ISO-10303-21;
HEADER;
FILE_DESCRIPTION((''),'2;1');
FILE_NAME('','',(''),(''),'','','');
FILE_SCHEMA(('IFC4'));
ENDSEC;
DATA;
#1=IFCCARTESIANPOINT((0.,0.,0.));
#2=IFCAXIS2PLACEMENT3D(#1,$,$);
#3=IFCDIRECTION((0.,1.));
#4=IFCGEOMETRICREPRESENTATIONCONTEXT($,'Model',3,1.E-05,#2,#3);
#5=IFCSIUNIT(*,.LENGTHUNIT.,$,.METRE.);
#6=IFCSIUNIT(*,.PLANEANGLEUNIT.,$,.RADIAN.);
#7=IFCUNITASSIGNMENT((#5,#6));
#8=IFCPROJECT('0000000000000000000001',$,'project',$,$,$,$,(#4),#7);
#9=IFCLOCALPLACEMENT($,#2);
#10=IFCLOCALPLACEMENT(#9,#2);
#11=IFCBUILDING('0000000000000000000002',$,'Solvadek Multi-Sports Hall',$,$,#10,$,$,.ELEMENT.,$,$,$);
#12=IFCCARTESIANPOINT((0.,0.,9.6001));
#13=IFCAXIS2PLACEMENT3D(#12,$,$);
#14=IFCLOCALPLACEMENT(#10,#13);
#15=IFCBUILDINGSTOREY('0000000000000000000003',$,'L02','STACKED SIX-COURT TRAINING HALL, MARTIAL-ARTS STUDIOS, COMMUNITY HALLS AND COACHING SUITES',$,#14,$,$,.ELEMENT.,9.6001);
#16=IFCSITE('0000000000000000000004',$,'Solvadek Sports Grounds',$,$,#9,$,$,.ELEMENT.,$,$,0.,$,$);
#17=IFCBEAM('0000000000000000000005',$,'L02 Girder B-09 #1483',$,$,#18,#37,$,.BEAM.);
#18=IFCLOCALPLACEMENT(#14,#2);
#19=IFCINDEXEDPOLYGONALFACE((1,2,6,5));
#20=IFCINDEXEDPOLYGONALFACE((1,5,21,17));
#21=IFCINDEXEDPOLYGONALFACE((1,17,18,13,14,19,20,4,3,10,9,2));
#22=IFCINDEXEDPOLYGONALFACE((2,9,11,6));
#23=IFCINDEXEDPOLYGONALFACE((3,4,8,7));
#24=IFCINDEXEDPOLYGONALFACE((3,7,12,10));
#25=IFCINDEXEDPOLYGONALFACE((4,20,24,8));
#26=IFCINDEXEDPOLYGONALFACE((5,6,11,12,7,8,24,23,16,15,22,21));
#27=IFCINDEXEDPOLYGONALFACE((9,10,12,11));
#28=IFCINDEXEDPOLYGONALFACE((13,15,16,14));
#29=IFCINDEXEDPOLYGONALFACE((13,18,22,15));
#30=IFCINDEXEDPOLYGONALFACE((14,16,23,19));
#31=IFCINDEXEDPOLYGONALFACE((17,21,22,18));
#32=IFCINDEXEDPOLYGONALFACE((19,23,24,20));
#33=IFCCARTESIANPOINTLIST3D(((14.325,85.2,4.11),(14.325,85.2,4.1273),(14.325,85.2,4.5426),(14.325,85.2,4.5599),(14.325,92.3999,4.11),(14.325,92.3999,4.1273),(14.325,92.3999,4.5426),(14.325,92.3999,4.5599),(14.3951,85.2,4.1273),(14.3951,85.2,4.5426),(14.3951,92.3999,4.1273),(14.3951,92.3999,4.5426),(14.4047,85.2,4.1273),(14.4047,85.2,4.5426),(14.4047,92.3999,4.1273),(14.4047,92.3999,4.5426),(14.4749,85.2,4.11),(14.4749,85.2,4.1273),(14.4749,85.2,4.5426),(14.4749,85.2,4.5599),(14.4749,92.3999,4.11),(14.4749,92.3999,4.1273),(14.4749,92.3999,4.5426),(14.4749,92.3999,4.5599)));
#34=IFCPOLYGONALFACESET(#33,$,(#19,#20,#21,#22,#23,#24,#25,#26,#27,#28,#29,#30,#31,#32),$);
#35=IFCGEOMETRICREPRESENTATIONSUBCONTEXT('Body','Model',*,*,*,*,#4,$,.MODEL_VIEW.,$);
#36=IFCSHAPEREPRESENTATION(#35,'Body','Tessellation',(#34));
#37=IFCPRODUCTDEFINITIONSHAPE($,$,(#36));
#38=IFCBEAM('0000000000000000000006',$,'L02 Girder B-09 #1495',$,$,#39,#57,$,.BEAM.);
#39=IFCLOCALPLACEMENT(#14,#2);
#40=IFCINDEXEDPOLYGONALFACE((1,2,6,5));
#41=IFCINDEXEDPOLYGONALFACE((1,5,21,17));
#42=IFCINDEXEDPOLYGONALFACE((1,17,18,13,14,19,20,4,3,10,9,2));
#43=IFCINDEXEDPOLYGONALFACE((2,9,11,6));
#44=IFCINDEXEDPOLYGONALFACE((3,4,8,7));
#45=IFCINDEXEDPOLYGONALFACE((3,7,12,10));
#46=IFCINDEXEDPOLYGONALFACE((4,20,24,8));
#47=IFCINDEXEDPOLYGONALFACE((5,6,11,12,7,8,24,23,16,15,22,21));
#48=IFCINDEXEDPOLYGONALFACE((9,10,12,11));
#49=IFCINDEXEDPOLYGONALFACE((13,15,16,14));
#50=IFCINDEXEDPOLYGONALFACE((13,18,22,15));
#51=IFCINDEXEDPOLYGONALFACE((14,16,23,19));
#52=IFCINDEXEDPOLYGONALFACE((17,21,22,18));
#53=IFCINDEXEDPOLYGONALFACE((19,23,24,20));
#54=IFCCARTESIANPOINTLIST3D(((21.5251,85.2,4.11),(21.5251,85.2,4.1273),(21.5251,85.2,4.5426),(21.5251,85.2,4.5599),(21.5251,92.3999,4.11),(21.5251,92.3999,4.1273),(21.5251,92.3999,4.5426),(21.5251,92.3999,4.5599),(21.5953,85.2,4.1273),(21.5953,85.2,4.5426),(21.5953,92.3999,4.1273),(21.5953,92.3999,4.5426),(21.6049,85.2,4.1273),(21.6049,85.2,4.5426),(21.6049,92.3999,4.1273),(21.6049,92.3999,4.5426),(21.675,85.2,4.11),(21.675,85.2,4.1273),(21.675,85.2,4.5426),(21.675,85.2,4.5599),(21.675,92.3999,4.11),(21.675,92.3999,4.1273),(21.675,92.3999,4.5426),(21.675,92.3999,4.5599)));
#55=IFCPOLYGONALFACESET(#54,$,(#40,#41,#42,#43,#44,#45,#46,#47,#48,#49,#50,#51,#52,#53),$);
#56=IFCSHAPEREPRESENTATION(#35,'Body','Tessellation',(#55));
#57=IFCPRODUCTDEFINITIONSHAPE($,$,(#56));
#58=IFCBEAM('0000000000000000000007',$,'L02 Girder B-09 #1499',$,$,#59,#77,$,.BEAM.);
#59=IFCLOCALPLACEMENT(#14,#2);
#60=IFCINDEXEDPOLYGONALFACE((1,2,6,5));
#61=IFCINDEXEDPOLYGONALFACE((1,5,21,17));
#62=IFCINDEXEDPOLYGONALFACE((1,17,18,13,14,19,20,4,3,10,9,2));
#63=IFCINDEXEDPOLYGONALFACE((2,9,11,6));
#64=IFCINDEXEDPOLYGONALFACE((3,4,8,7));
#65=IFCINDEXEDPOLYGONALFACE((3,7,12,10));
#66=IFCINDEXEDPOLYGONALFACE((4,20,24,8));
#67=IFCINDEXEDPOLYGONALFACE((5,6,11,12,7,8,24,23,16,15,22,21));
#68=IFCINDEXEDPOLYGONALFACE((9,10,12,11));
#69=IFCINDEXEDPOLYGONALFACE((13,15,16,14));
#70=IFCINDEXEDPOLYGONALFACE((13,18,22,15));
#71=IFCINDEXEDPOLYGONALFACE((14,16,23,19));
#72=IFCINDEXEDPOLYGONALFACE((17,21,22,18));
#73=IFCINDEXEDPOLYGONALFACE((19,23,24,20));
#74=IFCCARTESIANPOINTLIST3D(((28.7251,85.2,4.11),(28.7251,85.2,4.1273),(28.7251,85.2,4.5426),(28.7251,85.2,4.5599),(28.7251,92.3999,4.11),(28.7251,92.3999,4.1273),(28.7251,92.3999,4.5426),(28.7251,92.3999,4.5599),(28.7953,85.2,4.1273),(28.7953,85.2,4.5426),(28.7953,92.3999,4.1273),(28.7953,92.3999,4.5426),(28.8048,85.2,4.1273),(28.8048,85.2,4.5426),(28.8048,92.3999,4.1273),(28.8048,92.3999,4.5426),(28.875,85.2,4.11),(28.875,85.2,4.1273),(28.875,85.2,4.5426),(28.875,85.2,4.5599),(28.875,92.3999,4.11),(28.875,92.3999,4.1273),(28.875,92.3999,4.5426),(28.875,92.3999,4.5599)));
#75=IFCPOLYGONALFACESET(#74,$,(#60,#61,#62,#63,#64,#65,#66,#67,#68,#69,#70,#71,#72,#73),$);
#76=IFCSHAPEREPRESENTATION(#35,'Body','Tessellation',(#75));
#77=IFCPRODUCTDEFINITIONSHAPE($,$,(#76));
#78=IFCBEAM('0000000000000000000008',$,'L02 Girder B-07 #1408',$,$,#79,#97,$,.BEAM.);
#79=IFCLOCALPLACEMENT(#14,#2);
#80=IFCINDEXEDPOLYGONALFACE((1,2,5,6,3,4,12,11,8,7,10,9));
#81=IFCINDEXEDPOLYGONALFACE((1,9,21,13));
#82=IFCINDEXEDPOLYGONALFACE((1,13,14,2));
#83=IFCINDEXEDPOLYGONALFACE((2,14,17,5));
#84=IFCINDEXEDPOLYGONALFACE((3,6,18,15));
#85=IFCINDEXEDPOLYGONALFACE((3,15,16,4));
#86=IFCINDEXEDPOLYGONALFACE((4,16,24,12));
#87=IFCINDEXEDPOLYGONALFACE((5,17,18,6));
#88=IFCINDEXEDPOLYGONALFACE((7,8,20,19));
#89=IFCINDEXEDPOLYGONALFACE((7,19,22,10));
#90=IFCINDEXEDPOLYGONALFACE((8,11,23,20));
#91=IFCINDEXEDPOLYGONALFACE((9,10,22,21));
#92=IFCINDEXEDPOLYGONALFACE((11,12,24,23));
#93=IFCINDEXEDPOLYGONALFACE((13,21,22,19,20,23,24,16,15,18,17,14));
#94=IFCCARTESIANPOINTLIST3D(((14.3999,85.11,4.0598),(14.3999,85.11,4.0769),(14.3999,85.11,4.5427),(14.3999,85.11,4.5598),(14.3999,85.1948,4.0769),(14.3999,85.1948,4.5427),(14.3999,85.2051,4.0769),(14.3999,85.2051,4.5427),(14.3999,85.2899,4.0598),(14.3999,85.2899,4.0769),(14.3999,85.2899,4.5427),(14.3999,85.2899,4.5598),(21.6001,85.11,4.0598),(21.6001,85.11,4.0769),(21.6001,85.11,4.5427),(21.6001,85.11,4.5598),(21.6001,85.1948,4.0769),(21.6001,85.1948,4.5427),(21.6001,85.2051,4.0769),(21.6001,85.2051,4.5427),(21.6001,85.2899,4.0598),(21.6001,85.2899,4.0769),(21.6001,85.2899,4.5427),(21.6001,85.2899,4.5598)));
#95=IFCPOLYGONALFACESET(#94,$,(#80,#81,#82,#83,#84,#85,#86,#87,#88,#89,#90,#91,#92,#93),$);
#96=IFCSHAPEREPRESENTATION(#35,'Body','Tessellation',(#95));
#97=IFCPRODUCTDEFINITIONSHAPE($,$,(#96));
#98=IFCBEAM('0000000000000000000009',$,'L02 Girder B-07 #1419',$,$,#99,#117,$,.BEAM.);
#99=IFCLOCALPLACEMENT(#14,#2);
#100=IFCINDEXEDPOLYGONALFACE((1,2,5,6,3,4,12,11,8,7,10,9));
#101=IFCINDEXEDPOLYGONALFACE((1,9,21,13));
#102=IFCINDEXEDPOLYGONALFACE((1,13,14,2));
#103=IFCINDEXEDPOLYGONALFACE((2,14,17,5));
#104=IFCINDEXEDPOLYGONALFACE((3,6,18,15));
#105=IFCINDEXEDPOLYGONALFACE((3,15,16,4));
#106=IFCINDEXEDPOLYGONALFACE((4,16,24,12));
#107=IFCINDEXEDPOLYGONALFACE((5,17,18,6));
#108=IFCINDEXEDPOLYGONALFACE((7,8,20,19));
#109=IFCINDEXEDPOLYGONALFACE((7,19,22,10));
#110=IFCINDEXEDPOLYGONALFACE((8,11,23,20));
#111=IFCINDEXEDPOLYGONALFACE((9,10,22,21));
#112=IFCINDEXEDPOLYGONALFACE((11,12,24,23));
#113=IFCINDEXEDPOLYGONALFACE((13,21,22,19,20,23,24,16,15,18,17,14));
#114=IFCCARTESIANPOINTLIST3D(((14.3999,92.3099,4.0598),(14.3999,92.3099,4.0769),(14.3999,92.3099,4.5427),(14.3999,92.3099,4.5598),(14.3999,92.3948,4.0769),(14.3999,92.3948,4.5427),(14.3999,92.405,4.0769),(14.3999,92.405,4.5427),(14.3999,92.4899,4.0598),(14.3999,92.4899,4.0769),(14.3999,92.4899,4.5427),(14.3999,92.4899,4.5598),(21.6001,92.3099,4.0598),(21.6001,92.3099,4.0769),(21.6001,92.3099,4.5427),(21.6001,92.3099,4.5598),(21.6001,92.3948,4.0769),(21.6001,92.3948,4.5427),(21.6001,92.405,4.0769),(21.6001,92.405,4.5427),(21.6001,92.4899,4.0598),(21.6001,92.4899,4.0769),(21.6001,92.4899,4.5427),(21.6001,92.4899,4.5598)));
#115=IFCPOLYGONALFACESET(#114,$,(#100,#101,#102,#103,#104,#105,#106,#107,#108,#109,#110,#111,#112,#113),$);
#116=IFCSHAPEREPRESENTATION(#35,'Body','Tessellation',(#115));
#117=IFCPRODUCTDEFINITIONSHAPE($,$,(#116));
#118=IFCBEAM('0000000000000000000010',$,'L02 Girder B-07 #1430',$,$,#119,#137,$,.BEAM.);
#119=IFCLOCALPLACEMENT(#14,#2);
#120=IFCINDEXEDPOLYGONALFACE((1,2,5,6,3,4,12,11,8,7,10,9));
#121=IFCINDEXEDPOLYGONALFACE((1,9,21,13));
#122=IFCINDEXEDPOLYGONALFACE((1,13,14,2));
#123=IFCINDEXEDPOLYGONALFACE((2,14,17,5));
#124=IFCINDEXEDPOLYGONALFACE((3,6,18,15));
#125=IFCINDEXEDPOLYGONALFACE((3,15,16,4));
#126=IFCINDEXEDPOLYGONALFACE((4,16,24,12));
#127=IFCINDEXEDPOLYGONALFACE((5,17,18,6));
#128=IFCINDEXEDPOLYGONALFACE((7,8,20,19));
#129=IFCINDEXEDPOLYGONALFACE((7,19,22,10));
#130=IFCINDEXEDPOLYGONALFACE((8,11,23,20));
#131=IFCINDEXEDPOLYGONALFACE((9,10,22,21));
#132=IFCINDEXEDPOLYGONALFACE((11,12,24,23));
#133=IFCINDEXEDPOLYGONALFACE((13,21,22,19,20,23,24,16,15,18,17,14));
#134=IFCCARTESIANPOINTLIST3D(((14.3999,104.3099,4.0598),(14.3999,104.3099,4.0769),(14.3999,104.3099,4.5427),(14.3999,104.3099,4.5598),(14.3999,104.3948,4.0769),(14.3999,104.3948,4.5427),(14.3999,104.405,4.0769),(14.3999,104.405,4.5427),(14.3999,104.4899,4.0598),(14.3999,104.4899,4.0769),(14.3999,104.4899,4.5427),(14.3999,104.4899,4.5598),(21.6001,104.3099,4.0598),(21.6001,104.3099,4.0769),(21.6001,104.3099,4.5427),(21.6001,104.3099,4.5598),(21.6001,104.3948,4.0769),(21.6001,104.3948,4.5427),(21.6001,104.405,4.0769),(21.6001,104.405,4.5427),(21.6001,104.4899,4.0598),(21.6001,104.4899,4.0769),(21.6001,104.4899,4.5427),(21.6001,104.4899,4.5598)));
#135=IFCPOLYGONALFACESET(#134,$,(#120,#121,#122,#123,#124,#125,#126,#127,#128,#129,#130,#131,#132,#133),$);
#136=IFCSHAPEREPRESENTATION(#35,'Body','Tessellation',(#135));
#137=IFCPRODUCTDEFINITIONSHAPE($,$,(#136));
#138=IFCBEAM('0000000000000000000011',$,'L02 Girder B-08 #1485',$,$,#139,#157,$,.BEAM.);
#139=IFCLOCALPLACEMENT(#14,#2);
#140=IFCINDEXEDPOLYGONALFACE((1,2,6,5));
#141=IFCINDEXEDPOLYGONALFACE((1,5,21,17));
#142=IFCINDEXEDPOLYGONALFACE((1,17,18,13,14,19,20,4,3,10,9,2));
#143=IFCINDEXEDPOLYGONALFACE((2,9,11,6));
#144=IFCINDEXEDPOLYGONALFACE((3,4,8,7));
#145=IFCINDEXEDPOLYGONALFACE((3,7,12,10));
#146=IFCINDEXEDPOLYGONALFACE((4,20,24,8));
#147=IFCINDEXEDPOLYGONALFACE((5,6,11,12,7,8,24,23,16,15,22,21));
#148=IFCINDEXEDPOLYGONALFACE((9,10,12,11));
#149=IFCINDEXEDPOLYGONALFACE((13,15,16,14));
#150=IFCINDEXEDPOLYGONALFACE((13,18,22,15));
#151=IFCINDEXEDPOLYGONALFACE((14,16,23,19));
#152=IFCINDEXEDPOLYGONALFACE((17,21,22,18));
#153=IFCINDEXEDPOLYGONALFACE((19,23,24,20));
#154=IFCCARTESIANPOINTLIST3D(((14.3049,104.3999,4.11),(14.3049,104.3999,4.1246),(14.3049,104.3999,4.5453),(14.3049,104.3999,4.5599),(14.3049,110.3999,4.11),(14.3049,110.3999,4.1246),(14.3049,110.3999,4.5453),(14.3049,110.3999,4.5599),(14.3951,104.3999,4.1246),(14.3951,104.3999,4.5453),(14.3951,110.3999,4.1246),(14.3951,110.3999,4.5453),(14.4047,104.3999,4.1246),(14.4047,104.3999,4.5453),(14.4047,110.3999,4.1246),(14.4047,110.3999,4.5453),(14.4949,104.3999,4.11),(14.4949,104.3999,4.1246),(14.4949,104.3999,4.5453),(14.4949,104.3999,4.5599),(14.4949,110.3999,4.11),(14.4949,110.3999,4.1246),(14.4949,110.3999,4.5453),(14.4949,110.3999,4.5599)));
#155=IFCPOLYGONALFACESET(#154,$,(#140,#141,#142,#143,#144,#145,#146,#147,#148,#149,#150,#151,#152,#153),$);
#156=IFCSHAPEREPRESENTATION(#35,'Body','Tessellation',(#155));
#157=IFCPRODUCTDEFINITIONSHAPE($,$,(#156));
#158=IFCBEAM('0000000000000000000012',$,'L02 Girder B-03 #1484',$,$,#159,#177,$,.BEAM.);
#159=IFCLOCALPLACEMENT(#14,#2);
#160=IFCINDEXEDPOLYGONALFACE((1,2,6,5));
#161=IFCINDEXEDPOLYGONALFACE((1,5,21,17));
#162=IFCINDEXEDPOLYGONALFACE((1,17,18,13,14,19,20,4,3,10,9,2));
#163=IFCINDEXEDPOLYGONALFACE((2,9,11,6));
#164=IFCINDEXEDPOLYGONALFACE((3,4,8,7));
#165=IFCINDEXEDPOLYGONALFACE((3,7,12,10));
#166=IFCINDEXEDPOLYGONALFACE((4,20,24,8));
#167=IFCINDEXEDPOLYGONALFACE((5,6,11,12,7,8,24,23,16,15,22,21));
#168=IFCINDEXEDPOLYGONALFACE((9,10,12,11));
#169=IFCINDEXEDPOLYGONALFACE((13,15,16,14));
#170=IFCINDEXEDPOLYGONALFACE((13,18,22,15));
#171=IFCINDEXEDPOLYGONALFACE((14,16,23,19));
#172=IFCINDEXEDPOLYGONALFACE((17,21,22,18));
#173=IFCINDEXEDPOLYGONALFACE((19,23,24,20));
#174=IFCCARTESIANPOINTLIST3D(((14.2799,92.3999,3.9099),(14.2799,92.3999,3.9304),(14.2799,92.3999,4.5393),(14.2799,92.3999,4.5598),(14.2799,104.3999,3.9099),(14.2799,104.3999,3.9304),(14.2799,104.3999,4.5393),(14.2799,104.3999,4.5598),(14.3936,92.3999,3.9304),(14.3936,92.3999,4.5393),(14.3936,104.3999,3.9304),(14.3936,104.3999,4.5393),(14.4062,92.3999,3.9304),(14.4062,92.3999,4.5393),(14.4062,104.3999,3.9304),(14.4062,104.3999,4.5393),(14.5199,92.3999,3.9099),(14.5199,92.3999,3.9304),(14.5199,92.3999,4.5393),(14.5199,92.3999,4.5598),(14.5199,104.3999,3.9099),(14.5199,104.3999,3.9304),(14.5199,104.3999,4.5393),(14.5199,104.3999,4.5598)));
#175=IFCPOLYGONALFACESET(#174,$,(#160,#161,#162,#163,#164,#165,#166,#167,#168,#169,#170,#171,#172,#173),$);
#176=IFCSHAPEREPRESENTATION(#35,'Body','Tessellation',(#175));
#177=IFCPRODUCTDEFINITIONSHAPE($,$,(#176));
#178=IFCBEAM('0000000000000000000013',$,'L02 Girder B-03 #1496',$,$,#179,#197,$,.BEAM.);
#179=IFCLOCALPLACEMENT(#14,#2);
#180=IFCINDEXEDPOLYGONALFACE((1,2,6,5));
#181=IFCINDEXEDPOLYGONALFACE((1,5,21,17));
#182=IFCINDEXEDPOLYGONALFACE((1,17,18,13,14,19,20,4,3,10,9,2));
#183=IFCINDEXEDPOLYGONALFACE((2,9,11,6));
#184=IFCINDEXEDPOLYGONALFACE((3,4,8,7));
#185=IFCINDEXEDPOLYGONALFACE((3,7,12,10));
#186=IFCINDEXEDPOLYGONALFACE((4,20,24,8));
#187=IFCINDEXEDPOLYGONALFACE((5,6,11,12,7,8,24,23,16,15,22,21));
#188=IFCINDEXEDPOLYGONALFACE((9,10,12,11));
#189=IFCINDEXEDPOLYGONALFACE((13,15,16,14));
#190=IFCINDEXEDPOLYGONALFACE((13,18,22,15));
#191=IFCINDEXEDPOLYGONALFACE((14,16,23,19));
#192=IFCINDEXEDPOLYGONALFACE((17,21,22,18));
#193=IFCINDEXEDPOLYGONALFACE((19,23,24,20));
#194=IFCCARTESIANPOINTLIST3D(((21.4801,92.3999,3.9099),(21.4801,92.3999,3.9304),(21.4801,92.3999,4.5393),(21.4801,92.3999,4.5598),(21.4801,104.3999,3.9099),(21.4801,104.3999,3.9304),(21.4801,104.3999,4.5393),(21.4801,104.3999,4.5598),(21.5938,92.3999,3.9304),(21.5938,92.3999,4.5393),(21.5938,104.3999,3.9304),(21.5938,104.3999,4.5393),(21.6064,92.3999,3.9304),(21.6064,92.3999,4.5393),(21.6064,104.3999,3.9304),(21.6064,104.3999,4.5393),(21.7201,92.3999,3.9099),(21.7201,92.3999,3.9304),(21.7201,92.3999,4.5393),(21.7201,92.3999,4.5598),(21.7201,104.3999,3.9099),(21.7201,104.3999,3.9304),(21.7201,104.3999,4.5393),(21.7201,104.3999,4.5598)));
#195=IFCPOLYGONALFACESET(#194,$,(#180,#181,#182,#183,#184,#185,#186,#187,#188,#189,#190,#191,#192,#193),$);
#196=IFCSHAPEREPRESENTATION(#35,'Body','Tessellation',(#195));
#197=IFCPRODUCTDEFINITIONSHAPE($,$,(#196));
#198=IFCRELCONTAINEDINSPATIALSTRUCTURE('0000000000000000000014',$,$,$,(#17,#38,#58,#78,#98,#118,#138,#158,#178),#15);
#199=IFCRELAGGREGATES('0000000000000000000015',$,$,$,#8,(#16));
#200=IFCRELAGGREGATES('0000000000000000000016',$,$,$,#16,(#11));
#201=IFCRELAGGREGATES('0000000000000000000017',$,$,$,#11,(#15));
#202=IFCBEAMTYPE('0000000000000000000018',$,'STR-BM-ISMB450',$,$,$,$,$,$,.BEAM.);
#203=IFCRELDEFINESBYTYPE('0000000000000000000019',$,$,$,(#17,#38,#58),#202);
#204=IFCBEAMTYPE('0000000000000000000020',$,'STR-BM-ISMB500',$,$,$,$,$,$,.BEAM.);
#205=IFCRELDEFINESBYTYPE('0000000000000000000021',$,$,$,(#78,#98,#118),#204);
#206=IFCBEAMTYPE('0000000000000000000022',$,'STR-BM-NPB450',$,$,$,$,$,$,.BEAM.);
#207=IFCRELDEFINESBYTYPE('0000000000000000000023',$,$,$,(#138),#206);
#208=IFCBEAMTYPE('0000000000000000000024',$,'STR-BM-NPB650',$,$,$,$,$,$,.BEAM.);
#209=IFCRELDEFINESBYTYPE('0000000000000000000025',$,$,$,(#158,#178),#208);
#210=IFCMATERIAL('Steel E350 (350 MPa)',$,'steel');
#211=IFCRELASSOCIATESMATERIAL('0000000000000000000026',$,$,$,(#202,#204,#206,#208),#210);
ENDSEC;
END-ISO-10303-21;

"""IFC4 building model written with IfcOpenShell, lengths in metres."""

from ifc_helpers import new_model, si_unit, direction, frame, origin, origin_2d, place, context, subcontext, project, spatial, i_section, extrude, material, material_profile, profile_set, type_object, element, save


model = new_model("IFC4")

# Units and contexts
model_context = context("Model", 3, precision=1e-05, world=origin(), true_north=direction((0.0, 1.0)))
body_context = subcontext(model_context, "Body", "Model", "MODEL_VIEW")
ifc_project = project(units=[si_unit("LENGTHUNIT", "METRE"), si_unit("PLANEANGLEUNIT", "RADIAN")], contexts=[model_context])

# Site, building, storey
site_placement = place(None, origin())
site = spatial("IfcSite", under=ifc_project, at=site_placement, Name="Solvadek Sports Grounds", CompositionType="ELEMENT", RefElevation=0.0)
building_placement = place(site_placement, origin())
building = spatial("IfcBuilding", under=site, at=building_placement, Name="Solvadek Multi-Sports Hall", CompositionType="ELEMENT")
storey_placement = place(building_placement, frame((0.0, 0.0, 9.6001)))
storey = spatial("IfcBuildingStorey", under=building, at=storey_placement, Name="L02", Description="STACKED SIX-COURT TRAINING HALL, MARTIAL-ARTS STUDIOS, COMMUNITY HALLS AND COACHING SUITES", CompositionType="ELEMENT", Elevation=9.6001)

# Shared definitions
ifc_material_1 = material(Name="Steel E350 (350 MPa)", Category="steel")

# Beams
ifc_material_profile_1 = material_profile(ifc_material_1, i_section(OverallWidth=0.1499, OverallDepth=0.45, WebThickness=0.0095, FlangeThickness=0.0173, at=origin_2d()), Name="ISMB 450")
ifc_profile_set_1 = profile_set([ifc_material_profile_1], Name="Steel E350 (350 MPa)")
beam_type_1 = type_object("IfcBeamType", Name="STR-BM-ISMB450", PredefinedType="BEAM", material=ifc_profile_set_1)
for number, where, z_axis, x_axis, name in (
    (1, (14.3999, 85.2, 4.335), (0.0, 1.0, 0.0), (-1.0, 0.0, 0.0), "L02 Girder B-09 #1483"),
    (2, (21.6001, 85.2, 4.335), (0.0, 1.0, 0.0), (-1.0, 0.0, 0.0), "L02 Girder B-09 #1495"),
    (3, (28.8, 85.2, 4.335), (0.0, 1.0, 0.0), (-1.0, 0.0, 0.0), "L02 Girder B-09 #1499"),
):
    element("IfcBeam", number, at=place(storey_placement, frame(where, z_axis=z_axis, x_axis=x_axis)), inside=storey, type_object=beam_type_1, Name=name, PredefinedType="BEAM", context=body_context, shape_type="SweptSolid", body=[
        extrude(i_section(OverallWidth=0.1499, OverallDepth=0.45, WebThickness=0.0095, FlangeThickness=0.0173, at=origin_2d()), origin(), (0.0, 0.0, 1.0), 7.2),
    ])
ifc_material_profile_2 = material_profile(ifc_material_1, i_section(OverallWidth=0.1799, OverallDepth=0.5, WebThickness=0.0103, FlangeThickness=0.0171, at=origin_2d()), Name="ISMB 500")
ifc_profile_set_2 = profile_set([ifc_material_profile_2], Name="Steel E350 (350 MPa)")
beam_type_2 = type_object("IfcBeamType", Name="STR-BM-ISMB500", PredefinedType="BEAM", material=ifc_profile_set_2)
for number, where, z_axis, x_axis, name in (
    (4, (14.3999, 85.2, 4.3098), (1.0, 0.0, 0.0), (0.0, 1.0, 0.0), "L02 Girder B-07 #1408"),
    (5, (14.3999, 92.3999, 4.3098), (1.0, 0.0, 0.0), (0.0, 1.0, 0.0), "L02 Girder B-07 #1419"),
    (6, (14.3999, 104.3999, 4.3098), (1.0, 0.0, 0.0), (0.0, 1.0, 0.0), "L02 Girder B-07 #1430"),
):
    element("IfcBeam", number, at=place(storey_placement, frame(where, z_axis=z_axis, x_axis=x_axis)), inside=storey, type_object=beam_type_2, Name=name, PredefinedType="BEAM", context=body_context, shape_type="SweptSolid", body=[
        extrude(i_section(OverallWidth=0.1799, OverallDepth=0.5, WebThickness=0.0103, FlangeThickness=0.0171, at=origin_2d()), origin(), (0.0, 0.0, 1.0), 7.2002),
    ])
ifc_material_profile_3 = material_profile(ifc_material_1, i_section(OverallWidth=0.1899, OverallDepth=0.45, WebThickness=0.0095, FlangeThickness=0.0146, at=origin_2d()), Name="NPB 450")
ifc_profile_set_3 = profile_set([ifc_material_profile_3], Name="Steel E350 (350 MPa)")
beam_type_3 = type_object("IfcBeamType", Name="STR-BM-NPB450", PredefinedType="BEAM", material=ifc_profile_set_3)
beam_placement = place(storey_placement, frame((14.3999, 104.3999, 4.335), z_axis=(0.0, 1.0, 0.0), x_axis=(-1.0, 0.0, 0.0)))
element("IfcBeam", 7, at=beam_placement, inside=storey, type_object=beam_type_3, Name="L02 Girder B-08 #1485", PredefinedType="BEAM", context=body_context, shape_type="SweptSolid", body=[
    extrude(i_section(OverallWidth=0.1899, OverallDepth=0.45, WebThickness=0.0095, FlangeThickness=0.0146, at=origin_2d()), origin(), (0.0, 0.0, 1.0), 6.0),
])
ifc_material_profile_4 = material_profile(ifc_material_1, i_section(OverallWidth=0.24, OverallDepth=0.6499, WebThickness=0.0127, FlangeThickness=0.0205, at=origin_2d()), Name="NPB 650")
ifc_profile_set_4 = profile_set([ifc_material_profile_4], Name="Steel E350 (350 MPa)")
beam_type_4 = type_object("IfcBeamType", Name="STR-BM-NPB650", PredefinedType="BEAM", material=ifc_profile_set_4)
for number, where, z_axis, x_axis, name in (
    (8, (14.3999, 92.3999, 4.2349), (0.0, 1.0, 0.0), (-1.0, 0.0, 0.0), "L02 Girder B-03 #1484"),
    (9, (21.6001, 92.3999, 4.2349), (0.0, 1.0, 0.0), (-1.0, 0.0, 0.0), "L02 Girder B-03 #1496"),
):
    element("IfcBeam", number, at=place(storey_placement, frame(where, z_axis=z_axis, x_axis=x_axis)), inside=storey, type_object=beam_type_4, Name=name, PredefinedType="BEAM", context=body_context, shape_type="SweptSolid", body=[
        extrude(i_section(OverallWidth=0.24, OverallDepth=0.6499, WebThickness=0.0127, FlangeThickness=0.0205, at=origin_2d()), origin(), (0.0, 0.0, 1.0), 12.0),
    ])

save(model, "model.ifc")
